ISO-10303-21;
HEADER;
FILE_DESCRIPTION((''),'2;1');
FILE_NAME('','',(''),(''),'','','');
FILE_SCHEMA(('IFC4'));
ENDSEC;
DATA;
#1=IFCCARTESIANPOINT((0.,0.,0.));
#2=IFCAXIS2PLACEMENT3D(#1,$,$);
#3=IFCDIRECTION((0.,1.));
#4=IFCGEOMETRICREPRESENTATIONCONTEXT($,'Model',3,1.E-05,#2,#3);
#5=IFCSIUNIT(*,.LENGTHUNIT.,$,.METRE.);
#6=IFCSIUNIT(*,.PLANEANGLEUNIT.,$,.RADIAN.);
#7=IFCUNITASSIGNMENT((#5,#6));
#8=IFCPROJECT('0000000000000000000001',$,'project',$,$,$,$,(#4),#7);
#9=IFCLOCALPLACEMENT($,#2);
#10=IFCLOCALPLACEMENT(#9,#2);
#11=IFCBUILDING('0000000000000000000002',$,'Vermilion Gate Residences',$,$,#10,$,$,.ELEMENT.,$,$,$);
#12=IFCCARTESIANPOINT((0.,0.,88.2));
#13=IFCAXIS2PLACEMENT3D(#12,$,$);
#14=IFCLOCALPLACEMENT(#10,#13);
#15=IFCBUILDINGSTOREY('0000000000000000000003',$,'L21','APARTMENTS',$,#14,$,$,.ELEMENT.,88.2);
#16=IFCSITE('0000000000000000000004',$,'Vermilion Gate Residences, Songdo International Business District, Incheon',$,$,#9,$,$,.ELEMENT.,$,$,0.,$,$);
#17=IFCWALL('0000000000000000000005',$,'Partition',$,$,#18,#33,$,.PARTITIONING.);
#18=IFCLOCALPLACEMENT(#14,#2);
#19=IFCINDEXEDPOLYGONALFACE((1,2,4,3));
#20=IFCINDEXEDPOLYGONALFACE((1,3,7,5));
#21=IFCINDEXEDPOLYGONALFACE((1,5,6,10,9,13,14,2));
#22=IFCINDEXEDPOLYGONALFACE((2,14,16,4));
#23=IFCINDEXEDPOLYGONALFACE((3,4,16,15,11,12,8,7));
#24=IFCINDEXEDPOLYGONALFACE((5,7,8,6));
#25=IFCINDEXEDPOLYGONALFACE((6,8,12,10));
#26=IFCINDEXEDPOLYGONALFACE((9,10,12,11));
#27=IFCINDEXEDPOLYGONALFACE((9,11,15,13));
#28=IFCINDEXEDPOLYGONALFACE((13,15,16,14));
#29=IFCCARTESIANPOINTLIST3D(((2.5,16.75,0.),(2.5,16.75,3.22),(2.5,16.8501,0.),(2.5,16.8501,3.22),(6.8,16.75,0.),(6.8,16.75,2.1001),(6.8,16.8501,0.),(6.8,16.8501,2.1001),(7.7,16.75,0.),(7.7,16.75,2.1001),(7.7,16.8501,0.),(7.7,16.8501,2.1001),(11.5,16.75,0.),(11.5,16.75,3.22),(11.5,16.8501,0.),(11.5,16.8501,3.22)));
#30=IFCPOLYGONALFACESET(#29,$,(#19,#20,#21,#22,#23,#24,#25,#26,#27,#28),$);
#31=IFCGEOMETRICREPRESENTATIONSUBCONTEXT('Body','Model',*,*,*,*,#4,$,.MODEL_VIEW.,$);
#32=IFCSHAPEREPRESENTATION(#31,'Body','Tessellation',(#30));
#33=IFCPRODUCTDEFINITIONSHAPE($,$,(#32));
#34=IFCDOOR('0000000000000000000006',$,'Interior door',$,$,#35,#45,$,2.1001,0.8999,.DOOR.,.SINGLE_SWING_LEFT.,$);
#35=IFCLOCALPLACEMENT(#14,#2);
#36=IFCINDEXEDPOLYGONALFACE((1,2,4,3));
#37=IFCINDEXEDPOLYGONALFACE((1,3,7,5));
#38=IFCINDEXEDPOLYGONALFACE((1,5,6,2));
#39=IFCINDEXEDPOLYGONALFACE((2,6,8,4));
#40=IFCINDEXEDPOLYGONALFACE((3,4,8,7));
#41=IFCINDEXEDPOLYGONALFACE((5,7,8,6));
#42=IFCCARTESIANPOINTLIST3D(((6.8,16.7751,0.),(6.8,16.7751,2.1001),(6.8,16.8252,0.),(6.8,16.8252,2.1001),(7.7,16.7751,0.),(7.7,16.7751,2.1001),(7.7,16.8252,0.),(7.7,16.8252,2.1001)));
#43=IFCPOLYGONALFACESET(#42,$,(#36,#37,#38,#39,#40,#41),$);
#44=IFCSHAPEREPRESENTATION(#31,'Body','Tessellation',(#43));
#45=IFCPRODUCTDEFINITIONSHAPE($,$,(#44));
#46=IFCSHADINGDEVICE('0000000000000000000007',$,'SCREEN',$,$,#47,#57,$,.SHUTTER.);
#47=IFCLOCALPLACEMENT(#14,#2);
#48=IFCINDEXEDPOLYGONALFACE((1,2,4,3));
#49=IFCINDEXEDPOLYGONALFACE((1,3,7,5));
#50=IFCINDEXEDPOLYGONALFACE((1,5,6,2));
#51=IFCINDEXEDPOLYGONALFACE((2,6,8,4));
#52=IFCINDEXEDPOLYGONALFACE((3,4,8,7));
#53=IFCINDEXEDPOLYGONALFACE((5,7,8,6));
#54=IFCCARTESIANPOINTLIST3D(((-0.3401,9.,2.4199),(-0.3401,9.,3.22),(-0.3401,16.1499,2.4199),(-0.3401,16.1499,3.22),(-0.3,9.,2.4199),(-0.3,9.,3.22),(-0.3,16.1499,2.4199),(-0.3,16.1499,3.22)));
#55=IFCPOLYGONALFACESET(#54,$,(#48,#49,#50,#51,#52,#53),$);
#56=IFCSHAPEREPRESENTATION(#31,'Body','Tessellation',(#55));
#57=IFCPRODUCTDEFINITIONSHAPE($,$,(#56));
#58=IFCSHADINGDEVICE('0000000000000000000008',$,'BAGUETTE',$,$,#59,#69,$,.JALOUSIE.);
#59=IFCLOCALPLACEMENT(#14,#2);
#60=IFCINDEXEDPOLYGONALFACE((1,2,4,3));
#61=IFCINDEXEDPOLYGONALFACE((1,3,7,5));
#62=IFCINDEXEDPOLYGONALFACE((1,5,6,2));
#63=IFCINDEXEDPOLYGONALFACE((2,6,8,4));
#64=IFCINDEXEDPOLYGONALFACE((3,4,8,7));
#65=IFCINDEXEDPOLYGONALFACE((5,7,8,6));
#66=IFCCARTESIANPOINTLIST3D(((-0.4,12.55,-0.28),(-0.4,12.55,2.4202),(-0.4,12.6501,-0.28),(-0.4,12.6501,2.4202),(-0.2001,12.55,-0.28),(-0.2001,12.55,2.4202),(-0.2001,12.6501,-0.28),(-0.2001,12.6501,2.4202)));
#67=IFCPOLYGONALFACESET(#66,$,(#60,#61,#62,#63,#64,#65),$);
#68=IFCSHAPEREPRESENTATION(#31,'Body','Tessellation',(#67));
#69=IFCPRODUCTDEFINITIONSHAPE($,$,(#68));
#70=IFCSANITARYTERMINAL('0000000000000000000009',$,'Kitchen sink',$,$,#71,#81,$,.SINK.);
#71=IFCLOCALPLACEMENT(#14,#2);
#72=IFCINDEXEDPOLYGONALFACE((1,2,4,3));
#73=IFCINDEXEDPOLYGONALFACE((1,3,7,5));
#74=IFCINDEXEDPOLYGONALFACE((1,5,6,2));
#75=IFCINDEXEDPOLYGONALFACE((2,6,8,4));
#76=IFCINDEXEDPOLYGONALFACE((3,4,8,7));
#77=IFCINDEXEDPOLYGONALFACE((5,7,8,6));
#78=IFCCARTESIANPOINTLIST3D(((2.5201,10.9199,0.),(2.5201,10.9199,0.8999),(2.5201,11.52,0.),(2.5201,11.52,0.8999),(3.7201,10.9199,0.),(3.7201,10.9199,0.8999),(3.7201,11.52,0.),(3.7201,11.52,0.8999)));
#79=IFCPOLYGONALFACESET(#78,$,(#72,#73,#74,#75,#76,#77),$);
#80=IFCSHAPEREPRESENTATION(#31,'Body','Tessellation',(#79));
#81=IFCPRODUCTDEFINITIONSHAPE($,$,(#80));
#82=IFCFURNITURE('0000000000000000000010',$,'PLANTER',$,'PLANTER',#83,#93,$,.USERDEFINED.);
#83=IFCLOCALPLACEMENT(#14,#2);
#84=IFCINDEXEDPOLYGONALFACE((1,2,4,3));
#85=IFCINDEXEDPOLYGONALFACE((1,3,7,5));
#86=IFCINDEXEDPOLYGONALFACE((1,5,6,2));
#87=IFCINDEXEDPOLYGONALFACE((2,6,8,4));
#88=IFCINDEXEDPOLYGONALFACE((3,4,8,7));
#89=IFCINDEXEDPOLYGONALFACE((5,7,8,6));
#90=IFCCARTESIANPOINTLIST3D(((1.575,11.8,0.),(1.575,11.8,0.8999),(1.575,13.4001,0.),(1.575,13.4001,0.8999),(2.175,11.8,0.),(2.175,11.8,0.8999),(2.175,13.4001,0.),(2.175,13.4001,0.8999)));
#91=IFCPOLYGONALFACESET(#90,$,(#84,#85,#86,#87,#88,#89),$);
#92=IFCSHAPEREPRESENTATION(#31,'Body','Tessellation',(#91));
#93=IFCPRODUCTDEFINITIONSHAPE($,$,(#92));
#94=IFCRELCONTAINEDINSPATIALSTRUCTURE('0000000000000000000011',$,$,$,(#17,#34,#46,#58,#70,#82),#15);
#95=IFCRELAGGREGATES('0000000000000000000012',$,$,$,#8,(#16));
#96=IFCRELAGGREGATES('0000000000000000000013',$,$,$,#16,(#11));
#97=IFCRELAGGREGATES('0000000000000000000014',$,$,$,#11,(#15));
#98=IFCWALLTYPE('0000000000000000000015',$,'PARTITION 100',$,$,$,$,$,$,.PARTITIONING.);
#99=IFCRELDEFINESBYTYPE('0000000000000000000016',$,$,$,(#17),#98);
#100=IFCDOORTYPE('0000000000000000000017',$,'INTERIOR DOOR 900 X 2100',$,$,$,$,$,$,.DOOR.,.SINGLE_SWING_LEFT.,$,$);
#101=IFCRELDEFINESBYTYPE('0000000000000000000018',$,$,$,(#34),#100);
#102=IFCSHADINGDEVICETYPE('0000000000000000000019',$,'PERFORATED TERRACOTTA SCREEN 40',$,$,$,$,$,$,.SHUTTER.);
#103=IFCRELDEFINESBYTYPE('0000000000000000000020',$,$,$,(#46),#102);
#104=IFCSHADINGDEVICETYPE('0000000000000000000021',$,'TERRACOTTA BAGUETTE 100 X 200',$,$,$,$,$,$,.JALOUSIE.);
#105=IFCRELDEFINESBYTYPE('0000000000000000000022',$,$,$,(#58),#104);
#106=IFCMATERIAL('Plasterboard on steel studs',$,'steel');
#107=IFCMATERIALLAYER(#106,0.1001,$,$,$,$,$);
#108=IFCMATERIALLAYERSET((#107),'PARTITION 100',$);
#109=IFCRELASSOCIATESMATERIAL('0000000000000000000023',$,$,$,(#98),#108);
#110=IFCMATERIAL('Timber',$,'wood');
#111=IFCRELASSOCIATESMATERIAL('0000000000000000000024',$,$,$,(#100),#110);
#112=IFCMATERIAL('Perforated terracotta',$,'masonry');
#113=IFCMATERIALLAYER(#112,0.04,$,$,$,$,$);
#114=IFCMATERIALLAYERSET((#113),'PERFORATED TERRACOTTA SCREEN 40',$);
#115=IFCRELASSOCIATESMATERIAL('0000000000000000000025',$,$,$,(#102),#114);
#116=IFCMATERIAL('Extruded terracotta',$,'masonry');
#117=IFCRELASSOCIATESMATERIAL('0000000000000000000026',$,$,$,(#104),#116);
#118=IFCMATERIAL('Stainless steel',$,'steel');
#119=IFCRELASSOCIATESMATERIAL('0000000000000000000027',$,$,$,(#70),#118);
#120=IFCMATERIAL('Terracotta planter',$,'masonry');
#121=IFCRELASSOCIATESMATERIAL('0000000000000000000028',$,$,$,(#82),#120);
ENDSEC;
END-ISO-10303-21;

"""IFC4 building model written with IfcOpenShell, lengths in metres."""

from ifc_helpers import new_model, si_unit, direction, frame, frame_2d, origin, origin_2d, place, context, subcontext, project, spatial, rectangle, extrude, material, layer, layer_set, material_profile, profile_set, type_object, element, fill, save


model = new_model("IFC4")

# Units and contexts
model_context = context("Model", 3, precision=1e-05, world=origin(), true_north=direction((0.0, 1.0)))
body_context = subcontext(model_context, "Body", "Model", "MODEL_VIEW")
ifc_project = project(units=[si_unit("LENGTHUNIT", "METRE"), si_unit("PLANEANGLEUNIT", "RADIAN")], contexts=[model_context])

# Site, building, storey
site_placement = place(None, origin())
site = spatial("IfcSite", under=ifc_project, at=site_placement, Name="Vermilion Gate Residences, Songdo International Business District, Incheon", CompositionType="ELEMENT", RefElevation=0.0)
building_placement = place(site_placement, origin())
building = spatial("IfcBuilding", under=site, at=building_placement, Name="Vermilion Gate Residences", CompositionType="ELEMENT")
storey_placement = place(building_placement, frame((0.0, 0.0, 88.2)))
storey = spatial("IfcBuildingStorey", under=building, at=storey_placement, Name="L21", Description="APARTMENTS", CompositionType="ELEMENT", Elevation=88.2)

# Wall, opening, door
ifc_material_1 = material(Name="Plasterboard on steel studs", Category="steel")
ifc_layer_1 = layer(ifc_material_1, 0.1001)
ifc_layer_set_1 = layer_set([ifc_layer_1], Name="PARTITION 100")
wall_type_1 = type_object("IfcWallType", Name="PARTITION 100", PredefinedType="PARTITIONING", material=ifc_layer_set_1)
wall_1_placement = place(storey_placement, frame((2.5, 16.8, 0.0), z_axis=(0.0, 0.0, 1.0), x_axis=(1.0, 0.0, 0.0)))
wall_1 = element("IfcWall", 1, at=wall_1_placement, inside=storey, type_object=wall_type_1, Name="Partition", PredefinedType="PARTITIONING", context=body_context, shape_type="SweptSolid", body=[
    extrude(rectangle(XDim=9.0, YDim=0.1001, at=frame_2d((4.5, 0.0))), origin(), (0.0, 0.0, 1.0), 3.22),
])
opening_1_placement = place(wall_1_placement, frame((4.3, 0.0, 0.0)))
opening_1 = element("IfcOpeningElement", 2, at=opening_1_placement, cuts=wall_1, PredefinedType="OPENING", context=body_context, shape_type="SweptSolid", body=[
    extrude(rectangle(XDim=0.8999, YDim=2.1001, at=frame_2d((0.45, 1.05))), frame((0.0, 0.0601, 0.0), z_axis=(0.0, -1.0, 0.0), x_axis=(1.0, 0.0, 0.0)), (0.0, 0.0, 1.0), 0.1201),
])
ifc_material_2 = material(Name="Timber", Category="wood")
door_type_1 = type_object("IfcDoorType", Name="INTERIOR DOOR 900 X 2100", OperationType="SINGLE_SWING_LEFT", PredefinedType="DOOR", material=ifc_material_2)
door_1_placement = place(opening_1_placement, frame((0.8999, 0.0, 0.0), z_axis=(0.0, 0.0, 1.0), x_axis=(-1.0, 0.0, 0.0)))
door_1 = element("IfcDoor", 3, at=door_1_placement, inside=storey, type_object=door_type_1, Name="Interior door", OperationType="SINGLE_SWING_LEFT", OverallHeight=2.1001, OverallWidth=0.8999, PredefinedType="DOOR", context=body_context, shape_type="SweptSolid", body=[
    extrude(rectangle(XDim=0.8999, YDim=2.1001, at=frame_2d((0.45, 1.05))), frame((0.0, 0.0249, 0.0), z_axis=(0.0, -1.0, 0.0), x_axis=(1.0, 0.0, 0.0)), (0.0, 0.0, 1.0), 0.05),
])
fill(opening_1, door_1)

# Shading devices
ifc_material_3 = material(Name="Perforated terracotta", Category="masonry")
ifc_layer_2 = layer(ifc_material_3, 0.04)
ifc_layer_set_2 = layer_set([ifc_layer_2], Name="PERFORATED TERRACOTTA SCREEN 40")
shading_device_type_1 = type_object("IfcShadingDeviceType", Name="PERFORATED TERRACOTTA SCREEN 40", PredefinedType="SHUTTER", material=ifc_layer_set_2)
shading_device_1_placement = place(storey_placement, frame((-0.3201, 12.575, 2.4199), z_axis=(0.0, 0.0, 1.0), x_axis=(0.0, -1.0, 0.0)))
element("IfcShadingDevice", 4, at=shading_device_1_placement, inside=storey, type_object=shading_device_type_1, Name="SCREEN", PredefinedType="SHUTTER", context=body_context, shape_type="SweptSolid", body=[
    extrude(rectangle(XDim=7.1499, YDim=0.04, at=origin_2d()), origin(), (0.0, 0.0, 1.0), 0.8),
])
ifc_material_4 = material(Name="Extruded terracotta", Category="masonry")
ifc_material_profile_1 = material_profile(ifc_material_4, rectangle(XDim=0.2, YDim=0.1001, at=origin_2d()), Name="BAGUETTE 100 X 200")
ifc_profile_set_1 = profile_set([ifc_material_profile_1], Name="Extruded terracotta")
shading_device_type_2 = type_object("IfcShadingDeviceType", Name="TERRACOTTA BAGUETTE 100 X 200", PredefinedType="JALOUSIE", material=ifc_profile_set_1)
shading_device_2_placement = place(storey_placement, frame((-0.3, 12.6001, -0.28), z_axis=(0.0, 0.0, 1.0), x_axis=(1.0, 0.0, 0.0)))
element("IfcShadingDevice", 5, at=shading_device_2_placement, inside=storey, type_object=shading_device_type_2, Name="BAGUETTE", PredefinedType="JALOUSIE", context=body_context, shape_type="SweptSolid", body=[
    extrude(rectangle(XDim=0.2, YDim=0.1001, at=origin_2d()), origin(), (0.0, 0.0, 1.0), 2.7002),
])

# Sanitary terminal
ifc_material_5 = material(Name="Stainless steel", Category="steel")
sanitary_terminal_placement = place(storey_placement, frame((3.1201, 11.22, 0.0), z_axis=(0.0, 0.0, 1.0), x_axis=(1.0, 0.0, 0.0)))
element("IfcSanitaryTerminal", 6, at=sanitary_terminal_placement, inside=storey, material=ifc_material_5, Name="Kitchen sink", PredefinedType="SINK", context=body_context, shape_type="SweptSolid", body=[
    extrude(rectangle(XDim=1.2, YDim=0.6001, at=origin_2d()), origin(), (0.0, 0.0, 1.0), 0.8999),
])

# Furniture
ifc_material_6 = material(Name="Terracotta planter", Category="masonry")
furniture_placement = place(storey_placement, frame((1.875, 12.6001, 0.0), z_axis=(0.0, 0.0, 1.0), x_axis=(0.0, -1.0, 0.0)))
element("IfcFurniture", 7, at=furniture_placement, inside=storey, material=ifc_material_6, Name="PLANTER", ObjectType="PLANTER", PredefinedType="USERDEFINED", context=body_context, shape_type="SweptSolid", body=[
    extrude(rectangle(XDim=1.6001, YDim=0.6001, at=origin_2d()), origin(), (0.0, 0.0, 1.0), 0.8999),
])

save(model, "model.ifc")
